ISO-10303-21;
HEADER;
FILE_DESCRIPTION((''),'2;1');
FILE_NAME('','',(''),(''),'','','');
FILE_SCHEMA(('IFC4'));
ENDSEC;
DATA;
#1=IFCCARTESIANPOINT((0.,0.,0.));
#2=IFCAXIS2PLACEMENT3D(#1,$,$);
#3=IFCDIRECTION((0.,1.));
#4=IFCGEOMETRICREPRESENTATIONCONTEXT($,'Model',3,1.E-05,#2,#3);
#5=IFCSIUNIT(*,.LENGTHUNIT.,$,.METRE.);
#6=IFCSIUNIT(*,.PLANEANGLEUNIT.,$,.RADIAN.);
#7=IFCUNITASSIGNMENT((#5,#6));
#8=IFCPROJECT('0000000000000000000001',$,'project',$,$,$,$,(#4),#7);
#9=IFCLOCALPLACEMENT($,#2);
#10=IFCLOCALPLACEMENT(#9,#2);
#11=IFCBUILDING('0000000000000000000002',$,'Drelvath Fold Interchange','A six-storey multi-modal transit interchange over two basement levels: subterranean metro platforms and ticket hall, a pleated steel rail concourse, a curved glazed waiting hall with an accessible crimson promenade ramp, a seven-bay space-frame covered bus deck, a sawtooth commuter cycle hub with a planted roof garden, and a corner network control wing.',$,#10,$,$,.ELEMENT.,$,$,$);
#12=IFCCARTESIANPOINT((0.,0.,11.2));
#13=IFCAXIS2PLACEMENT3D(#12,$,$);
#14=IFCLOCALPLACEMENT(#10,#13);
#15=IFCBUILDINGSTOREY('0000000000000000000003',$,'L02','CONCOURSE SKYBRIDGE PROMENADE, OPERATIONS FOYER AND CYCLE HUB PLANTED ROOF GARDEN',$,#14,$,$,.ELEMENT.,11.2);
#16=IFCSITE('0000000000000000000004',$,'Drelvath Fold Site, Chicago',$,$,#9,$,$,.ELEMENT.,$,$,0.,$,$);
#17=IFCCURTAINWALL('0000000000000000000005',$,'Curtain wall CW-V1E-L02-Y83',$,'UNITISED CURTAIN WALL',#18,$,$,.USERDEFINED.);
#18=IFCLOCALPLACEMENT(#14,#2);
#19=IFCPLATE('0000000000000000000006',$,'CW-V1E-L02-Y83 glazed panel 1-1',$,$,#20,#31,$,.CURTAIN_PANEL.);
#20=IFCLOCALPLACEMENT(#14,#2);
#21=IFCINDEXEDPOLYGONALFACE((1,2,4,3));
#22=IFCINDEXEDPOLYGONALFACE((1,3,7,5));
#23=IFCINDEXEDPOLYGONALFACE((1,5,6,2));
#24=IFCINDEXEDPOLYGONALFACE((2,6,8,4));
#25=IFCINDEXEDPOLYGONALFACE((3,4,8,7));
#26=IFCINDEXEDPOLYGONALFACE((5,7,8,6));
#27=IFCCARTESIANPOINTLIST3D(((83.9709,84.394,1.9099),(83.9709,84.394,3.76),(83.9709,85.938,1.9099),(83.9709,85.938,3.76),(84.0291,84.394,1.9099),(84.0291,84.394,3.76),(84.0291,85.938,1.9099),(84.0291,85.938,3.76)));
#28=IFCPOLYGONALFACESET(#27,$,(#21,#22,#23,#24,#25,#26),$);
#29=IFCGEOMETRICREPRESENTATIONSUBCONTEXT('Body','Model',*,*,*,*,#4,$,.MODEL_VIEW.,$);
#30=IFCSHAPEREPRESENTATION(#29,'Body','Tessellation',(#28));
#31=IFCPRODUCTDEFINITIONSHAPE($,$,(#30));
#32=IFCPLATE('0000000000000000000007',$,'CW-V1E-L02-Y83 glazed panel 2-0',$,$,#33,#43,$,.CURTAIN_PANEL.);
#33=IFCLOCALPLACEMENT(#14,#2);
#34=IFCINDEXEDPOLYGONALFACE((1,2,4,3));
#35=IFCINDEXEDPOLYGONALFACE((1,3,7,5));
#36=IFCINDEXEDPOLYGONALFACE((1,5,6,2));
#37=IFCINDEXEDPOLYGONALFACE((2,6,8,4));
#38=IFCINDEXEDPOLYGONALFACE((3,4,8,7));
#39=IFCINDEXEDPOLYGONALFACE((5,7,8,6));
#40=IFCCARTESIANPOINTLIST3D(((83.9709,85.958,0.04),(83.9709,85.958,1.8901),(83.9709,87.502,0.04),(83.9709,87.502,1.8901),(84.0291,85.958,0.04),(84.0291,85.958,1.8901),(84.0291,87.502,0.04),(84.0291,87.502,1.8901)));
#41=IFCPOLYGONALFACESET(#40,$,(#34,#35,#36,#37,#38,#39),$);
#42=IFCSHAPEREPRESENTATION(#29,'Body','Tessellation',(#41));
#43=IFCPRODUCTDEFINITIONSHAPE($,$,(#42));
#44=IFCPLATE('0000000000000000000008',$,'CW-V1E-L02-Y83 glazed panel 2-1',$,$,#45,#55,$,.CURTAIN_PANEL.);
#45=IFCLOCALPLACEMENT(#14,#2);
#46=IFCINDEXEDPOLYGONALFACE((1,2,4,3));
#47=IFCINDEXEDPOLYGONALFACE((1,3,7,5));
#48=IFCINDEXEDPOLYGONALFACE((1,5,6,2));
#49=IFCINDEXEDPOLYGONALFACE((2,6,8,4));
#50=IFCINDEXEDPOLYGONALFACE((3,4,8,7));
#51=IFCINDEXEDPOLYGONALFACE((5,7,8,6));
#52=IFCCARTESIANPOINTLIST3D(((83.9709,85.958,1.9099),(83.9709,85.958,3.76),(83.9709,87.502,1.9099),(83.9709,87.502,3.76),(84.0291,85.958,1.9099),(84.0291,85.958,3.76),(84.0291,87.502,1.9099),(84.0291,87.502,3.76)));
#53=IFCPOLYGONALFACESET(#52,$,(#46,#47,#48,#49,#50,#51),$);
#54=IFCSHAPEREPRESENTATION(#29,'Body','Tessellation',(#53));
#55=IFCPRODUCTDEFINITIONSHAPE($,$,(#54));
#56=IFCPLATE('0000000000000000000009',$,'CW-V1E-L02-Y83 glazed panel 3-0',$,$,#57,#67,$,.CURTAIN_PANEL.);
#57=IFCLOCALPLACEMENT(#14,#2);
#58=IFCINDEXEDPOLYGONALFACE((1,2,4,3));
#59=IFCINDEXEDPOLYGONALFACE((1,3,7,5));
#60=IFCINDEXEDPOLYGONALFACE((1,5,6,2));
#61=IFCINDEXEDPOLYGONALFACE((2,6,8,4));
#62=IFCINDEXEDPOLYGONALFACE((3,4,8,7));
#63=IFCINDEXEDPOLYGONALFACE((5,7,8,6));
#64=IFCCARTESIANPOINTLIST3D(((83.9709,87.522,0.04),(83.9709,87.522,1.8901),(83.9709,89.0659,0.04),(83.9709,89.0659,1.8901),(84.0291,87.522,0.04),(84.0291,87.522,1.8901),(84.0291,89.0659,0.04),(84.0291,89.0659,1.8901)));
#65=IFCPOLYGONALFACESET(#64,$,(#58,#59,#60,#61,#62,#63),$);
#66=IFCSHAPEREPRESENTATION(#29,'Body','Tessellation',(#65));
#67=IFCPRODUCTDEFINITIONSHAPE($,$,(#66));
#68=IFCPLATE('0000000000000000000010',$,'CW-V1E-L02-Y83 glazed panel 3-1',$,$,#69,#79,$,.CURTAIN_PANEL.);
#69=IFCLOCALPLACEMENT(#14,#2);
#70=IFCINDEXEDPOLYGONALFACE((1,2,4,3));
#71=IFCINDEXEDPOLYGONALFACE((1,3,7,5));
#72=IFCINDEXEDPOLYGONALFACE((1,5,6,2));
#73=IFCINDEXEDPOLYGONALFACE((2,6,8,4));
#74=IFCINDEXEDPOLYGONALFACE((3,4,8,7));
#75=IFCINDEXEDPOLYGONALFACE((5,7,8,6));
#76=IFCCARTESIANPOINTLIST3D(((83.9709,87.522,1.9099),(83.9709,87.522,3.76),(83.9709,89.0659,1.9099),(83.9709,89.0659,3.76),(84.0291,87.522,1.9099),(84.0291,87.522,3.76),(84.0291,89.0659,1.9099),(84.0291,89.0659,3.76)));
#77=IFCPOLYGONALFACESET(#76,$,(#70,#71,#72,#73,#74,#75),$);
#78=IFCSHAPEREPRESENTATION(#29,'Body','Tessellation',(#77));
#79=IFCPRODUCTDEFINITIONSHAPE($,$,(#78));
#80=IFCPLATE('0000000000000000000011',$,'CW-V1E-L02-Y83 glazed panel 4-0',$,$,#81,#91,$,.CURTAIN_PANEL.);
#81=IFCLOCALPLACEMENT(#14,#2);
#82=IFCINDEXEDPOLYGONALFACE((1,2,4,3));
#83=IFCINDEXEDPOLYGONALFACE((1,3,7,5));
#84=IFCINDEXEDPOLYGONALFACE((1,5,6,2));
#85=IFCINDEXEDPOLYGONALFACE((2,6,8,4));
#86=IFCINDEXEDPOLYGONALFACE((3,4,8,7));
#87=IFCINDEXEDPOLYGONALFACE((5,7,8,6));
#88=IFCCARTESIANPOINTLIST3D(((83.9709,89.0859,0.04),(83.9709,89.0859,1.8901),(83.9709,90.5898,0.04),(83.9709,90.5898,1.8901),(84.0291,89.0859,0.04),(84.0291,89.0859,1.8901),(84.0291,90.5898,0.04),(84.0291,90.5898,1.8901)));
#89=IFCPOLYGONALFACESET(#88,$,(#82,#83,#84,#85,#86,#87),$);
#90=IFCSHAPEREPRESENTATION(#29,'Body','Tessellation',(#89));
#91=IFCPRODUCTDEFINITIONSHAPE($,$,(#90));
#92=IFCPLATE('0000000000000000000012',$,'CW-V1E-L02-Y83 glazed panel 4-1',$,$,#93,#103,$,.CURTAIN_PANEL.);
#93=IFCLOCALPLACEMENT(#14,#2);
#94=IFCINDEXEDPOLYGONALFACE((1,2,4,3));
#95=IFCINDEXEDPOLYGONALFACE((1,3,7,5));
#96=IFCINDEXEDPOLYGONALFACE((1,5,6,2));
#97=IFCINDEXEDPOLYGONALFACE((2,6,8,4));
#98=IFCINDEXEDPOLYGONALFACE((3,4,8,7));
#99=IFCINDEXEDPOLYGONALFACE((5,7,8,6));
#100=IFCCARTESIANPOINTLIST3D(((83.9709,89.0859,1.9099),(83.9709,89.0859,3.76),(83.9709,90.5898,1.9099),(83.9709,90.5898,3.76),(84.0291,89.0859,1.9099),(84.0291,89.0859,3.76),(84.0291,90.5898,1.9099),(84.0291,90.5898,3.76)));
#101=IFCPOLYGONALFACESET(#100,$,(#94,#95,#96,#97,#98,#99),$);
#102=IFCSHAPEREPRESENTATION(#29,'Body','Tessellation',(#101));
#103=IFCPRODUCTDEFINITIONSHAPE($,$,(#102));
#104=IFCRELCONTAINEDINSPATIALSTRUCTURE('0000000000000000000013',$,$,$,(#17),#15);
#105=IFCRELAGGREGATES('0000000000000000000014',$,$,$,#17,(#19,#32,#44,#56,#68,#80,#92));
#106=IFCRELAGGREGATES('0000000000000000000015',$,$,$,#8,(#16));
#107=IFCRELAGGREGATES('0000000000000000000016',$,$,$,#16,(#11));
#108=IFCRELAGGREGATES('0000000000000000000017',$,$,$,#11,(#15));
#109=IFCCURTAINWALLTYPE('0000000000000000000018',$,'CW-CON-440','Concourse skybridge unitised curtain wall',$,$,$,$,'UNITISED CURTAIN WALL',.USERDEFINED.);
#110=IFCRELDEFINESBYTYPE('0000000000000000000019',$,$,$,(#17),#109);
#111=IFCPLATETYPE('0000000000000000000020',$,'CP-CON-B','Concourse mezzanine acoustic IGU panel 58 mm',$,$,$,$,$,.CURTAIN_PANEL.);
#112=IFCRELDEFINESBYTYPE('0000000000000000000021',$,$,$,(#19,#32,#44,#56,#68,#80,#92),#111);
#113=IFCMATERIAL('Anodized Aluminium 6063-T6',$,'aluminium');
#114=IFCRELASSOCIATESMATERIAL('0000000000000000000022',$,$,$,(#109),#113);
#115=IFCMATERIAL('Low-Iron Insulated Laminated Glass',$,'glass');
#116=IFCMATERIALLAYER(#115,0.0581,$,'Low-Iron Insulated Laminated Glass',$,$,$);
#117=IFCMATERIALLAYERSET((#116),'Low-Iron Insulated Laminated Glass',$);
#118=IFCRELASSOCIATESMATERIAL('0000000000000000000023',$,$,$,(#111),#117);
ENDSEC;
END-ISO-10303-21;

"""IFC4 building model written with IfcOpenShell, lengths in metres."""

from ifc_helpers import new_model, si_unit, direction, frame, origin, origin_2d, place, context, subcontext, project, spatial, rectangle, extrude, material, layer, layer_set, type_object, element, aggregate, save


model = new_model("IFC4")

# Units and contexts
model_context = context("Model", 3, precision=1e-05, world=origin(), true_north=direction((0.0, 1.0)))
body_context = subcontext(model_context, "Body", "Model", "MODEL_VIEW")
ifc_project = project(units=[si_unit("LENGTHUNIT", "METRE"), si_unit("PLANEANGLEUNIT", "RADIAN")], contexts=[model_context])

# Site, building, storey
site_placement = place(None, origin())
site = spatial("IfcSite", under=ifc_project, at=site_placement, Name="Drelvath Fold Site, Chicago", CompositionType="ELEMENT", RefElevation=0.0)
building_placement = place(site_placement, origin())
building = spatial("IfcBuilding", under=site, at=building_placement, Name="Drelvath Fold Interchange", Description="A six-storey multi-modal transit interchange over two basement levels: subterranean metro platforms and ticket hall, a pleated steel rail concourse, a curved glazed waiting hall with an accessible crimson promenade ramp, a seven-bay space-frame covered bus deck, a sawtooth commuter cycle hub with a planted roof garden, and a corner network control wing.", CompositionType="ELEMENT")
storey_placement = place(building_placement, frame((0.0, 0.0, 11.2)))
storey = spatial("IfcBuildingStorey", under=building, at=storey_placement, Name="L02", Description="CONCOURSE SKYBRIDGE PROMENADE, OPERATIONS FOYER AND CYCLE HUB PLANTED ROOF GARDEN", CompositionType="ELEMENT", Elevation=11.2)

# Curtain wall
ifc_material_1 = material(Name="Anodized Aluminium 6063-T6", Category="aluminium")
curtain_wall_type = type_object("IfcCurtainWallType", Name="CW-CON-440", Description="Concourse skybridge unitised curtain wall", ElementType="UNITISED CURTAIN WALL", PredefinedType="USERDEFINED", material=ifc_material_1)
curtain_wall_1_placement = place(storey_placement, origin())
curtain_wall_1 = element("IfcCurtainWall", 1, at=curtain_wall_1_placement, inside=storey, type_object=curtain_wall_type, Name="Curtain wall CW-V1E-L02-Y83", ObjectType="UNITISED CURTAIN WALL", PredefinedType="USERDEFINED")

# Plates
ifc_material_2 = material(Name="Low-Iron Insulated Laminated Glass", Category="glass")
ifc_layer = layer(ifc_material_2, 0.0581, Name="Low-Iron Insulated Laminated Glass")
ifc_layer_set = layer_set([ifc_layer], Name="Low-Iron Insulated Laminated Glass")
plate_type = type_object("IfcPlateType", Name="CP-CON-B", Description="Concourse mezzanine acoustic IGU panel 58 mm", PredefinedType="CURTAIN_PANEL", material=ifc_layer_set)
plate_1_placement = place(storey_placement, frame((84.0, 85.166, 1.9099), z_axis=(0.0, 0.0, 1.0), x_axis=(0.0, 1.0, 0.0)))
plate_1 = element("IfcPlate", 2, at=plate_1_placement, type_object=plate_type, Name="CW-V1E-L02-Y83 glazed panel 1-1", PredefinedType="CURTAIN_PANEL", context=body_context, shape_type="SweptSolid", body=[
    extrude(rectangle(XDim=1.5439, YDim=0.0581, at=origin_2d()), origin(), (0.0, 0.0, 1.0), 1.8501),
])
plate_2_placement = place(storey_placement, frame((84.0, 86.73, 0.04), z_axis=(0.0, 0.0, 1.0), x_axis=(0.0, 1.0, 0.0)))
plate_2 = element("IfcPlate", 3, at=plate_2_placement, type_object=plate_type, Name="CW-V1E-L02-Y83 glazed panel 2-0", PredefinedType="CURTAIN_PANEL", context=body_context, shape_type="SweptSolid", body=[
    extrude(rectangle(XDim=1.5439, YDim=0.0581, at=origin_2d()), origin(), (0.0, 0.0, 1.0), 1.8501),
])
plate_3_placement = place(storey_placement, frame((84.0, 86.73, 1.9099), z_axis=(0.0, 0.0, 1.0), x_axis=(0.0, 1.0, 0.0)))
plate_3 = element("IfcPlate", 4, at=plate_3_placement, type_object=plate_type, Name="CW-V1E-L02-Y83 glazed panel 2-1", PredefinedType="CURTAIN_PANEL", context=body_context, shape_type="SweptSolid", body=[
    extrude(rectangle(XDim=1.5439, YDim=0.0581, at=origin_2d()), origin(), (0.0, 0.0, 1.0), 1.8501),
])
plate_4_placement = place(storey_placement, frame((84.0, 88.2939, 0.04), z_axis=(0.0, 0.0, 1.0), x_axis=(0.0, 1.0, 0.0)))
plate_4 = element("IfcPlate", 5, at=plate_4_placement, type_object=plate_type, Name="CW-V1E-L02-Y83 glazed panel 3-0", PredefinedType="CURTAIN_PANEL", context=body_context, shape_type="SweptSolid", body=[
    extrude(rectangle(XDim=1.5439, YDim=0.0581, at=origin_2d()), origin(), (0.0, 0.0, 1.0), 1.8501),
])
plate_5_placement = place(storey_placement, frame((84.0, 88.2939, 1.9099), z_axis=(0.0, 0.0, 1.0), x_axis=(0.0, 1.0, 0.0)))
plate_5 = element("IfcPlate", 6, at=plate_5_placement, type_object=plate_type, Name="CW-V1E-L02-Y83 glazed panel 3-1", PredefinedType="CURTAIN_PANEL", context=body_context, shape_type="SweptSolid", body=[
    extrude(rectangle(XDim=1.5439, YDim=0.0581, at=origin_2d()), origin(), (0.0, 0.0, 1.0), 1.8501),
])
plate_6_placement = place(storey_placement, frame((84.0, 89.8379, 0.04), z_axis=(0.0, 0.0, 1.0), x_axis=(0.0, 1.0, 0.0)))
plate_6 = element("IfcPlate", 7, at=plate_6_placement, type_object=plate_type, Name="CW-V1E-L02-Y83 glazed panel 4-0", PredefinedType="CURTAIN_PANEL", context=body_context, shape_type="SweptSolid", body=[
    extrude(rectangle(XDim=1.5039, YDim=0.0581, at=origin_2d()), origin(), (0.0, 0.0, 1.0), 1.8501),
])
plate_7_placement = place(storey_placement, frame((84.0, 89.8379, 1.9099), z_axis=(0.0, 0.0, 1.0), x_axis=(0.0, 1.0, 0.0)))
plate_7 = element("IfcPlate", 8, at=plate_7_placement, type_object=plate_type, Name="CW-V1E-L02-Y83 glazed panel 4-1", PredefinedType="CURTAIN_PANEL", context=body_context, shape_type="SweptSolid", body=[
    extrude(rectangle(XDim=1.5039, YDim=0.0581, at=origin_2d()), origin(), (0.0, 0.0, 1.0), 1.8501),
])
aggregate(curtain_wall_1, [plate_1, plate_2, plate_3, plate_4, plate_5, plate_6, plate_7])

save(model, "model.ifc")
